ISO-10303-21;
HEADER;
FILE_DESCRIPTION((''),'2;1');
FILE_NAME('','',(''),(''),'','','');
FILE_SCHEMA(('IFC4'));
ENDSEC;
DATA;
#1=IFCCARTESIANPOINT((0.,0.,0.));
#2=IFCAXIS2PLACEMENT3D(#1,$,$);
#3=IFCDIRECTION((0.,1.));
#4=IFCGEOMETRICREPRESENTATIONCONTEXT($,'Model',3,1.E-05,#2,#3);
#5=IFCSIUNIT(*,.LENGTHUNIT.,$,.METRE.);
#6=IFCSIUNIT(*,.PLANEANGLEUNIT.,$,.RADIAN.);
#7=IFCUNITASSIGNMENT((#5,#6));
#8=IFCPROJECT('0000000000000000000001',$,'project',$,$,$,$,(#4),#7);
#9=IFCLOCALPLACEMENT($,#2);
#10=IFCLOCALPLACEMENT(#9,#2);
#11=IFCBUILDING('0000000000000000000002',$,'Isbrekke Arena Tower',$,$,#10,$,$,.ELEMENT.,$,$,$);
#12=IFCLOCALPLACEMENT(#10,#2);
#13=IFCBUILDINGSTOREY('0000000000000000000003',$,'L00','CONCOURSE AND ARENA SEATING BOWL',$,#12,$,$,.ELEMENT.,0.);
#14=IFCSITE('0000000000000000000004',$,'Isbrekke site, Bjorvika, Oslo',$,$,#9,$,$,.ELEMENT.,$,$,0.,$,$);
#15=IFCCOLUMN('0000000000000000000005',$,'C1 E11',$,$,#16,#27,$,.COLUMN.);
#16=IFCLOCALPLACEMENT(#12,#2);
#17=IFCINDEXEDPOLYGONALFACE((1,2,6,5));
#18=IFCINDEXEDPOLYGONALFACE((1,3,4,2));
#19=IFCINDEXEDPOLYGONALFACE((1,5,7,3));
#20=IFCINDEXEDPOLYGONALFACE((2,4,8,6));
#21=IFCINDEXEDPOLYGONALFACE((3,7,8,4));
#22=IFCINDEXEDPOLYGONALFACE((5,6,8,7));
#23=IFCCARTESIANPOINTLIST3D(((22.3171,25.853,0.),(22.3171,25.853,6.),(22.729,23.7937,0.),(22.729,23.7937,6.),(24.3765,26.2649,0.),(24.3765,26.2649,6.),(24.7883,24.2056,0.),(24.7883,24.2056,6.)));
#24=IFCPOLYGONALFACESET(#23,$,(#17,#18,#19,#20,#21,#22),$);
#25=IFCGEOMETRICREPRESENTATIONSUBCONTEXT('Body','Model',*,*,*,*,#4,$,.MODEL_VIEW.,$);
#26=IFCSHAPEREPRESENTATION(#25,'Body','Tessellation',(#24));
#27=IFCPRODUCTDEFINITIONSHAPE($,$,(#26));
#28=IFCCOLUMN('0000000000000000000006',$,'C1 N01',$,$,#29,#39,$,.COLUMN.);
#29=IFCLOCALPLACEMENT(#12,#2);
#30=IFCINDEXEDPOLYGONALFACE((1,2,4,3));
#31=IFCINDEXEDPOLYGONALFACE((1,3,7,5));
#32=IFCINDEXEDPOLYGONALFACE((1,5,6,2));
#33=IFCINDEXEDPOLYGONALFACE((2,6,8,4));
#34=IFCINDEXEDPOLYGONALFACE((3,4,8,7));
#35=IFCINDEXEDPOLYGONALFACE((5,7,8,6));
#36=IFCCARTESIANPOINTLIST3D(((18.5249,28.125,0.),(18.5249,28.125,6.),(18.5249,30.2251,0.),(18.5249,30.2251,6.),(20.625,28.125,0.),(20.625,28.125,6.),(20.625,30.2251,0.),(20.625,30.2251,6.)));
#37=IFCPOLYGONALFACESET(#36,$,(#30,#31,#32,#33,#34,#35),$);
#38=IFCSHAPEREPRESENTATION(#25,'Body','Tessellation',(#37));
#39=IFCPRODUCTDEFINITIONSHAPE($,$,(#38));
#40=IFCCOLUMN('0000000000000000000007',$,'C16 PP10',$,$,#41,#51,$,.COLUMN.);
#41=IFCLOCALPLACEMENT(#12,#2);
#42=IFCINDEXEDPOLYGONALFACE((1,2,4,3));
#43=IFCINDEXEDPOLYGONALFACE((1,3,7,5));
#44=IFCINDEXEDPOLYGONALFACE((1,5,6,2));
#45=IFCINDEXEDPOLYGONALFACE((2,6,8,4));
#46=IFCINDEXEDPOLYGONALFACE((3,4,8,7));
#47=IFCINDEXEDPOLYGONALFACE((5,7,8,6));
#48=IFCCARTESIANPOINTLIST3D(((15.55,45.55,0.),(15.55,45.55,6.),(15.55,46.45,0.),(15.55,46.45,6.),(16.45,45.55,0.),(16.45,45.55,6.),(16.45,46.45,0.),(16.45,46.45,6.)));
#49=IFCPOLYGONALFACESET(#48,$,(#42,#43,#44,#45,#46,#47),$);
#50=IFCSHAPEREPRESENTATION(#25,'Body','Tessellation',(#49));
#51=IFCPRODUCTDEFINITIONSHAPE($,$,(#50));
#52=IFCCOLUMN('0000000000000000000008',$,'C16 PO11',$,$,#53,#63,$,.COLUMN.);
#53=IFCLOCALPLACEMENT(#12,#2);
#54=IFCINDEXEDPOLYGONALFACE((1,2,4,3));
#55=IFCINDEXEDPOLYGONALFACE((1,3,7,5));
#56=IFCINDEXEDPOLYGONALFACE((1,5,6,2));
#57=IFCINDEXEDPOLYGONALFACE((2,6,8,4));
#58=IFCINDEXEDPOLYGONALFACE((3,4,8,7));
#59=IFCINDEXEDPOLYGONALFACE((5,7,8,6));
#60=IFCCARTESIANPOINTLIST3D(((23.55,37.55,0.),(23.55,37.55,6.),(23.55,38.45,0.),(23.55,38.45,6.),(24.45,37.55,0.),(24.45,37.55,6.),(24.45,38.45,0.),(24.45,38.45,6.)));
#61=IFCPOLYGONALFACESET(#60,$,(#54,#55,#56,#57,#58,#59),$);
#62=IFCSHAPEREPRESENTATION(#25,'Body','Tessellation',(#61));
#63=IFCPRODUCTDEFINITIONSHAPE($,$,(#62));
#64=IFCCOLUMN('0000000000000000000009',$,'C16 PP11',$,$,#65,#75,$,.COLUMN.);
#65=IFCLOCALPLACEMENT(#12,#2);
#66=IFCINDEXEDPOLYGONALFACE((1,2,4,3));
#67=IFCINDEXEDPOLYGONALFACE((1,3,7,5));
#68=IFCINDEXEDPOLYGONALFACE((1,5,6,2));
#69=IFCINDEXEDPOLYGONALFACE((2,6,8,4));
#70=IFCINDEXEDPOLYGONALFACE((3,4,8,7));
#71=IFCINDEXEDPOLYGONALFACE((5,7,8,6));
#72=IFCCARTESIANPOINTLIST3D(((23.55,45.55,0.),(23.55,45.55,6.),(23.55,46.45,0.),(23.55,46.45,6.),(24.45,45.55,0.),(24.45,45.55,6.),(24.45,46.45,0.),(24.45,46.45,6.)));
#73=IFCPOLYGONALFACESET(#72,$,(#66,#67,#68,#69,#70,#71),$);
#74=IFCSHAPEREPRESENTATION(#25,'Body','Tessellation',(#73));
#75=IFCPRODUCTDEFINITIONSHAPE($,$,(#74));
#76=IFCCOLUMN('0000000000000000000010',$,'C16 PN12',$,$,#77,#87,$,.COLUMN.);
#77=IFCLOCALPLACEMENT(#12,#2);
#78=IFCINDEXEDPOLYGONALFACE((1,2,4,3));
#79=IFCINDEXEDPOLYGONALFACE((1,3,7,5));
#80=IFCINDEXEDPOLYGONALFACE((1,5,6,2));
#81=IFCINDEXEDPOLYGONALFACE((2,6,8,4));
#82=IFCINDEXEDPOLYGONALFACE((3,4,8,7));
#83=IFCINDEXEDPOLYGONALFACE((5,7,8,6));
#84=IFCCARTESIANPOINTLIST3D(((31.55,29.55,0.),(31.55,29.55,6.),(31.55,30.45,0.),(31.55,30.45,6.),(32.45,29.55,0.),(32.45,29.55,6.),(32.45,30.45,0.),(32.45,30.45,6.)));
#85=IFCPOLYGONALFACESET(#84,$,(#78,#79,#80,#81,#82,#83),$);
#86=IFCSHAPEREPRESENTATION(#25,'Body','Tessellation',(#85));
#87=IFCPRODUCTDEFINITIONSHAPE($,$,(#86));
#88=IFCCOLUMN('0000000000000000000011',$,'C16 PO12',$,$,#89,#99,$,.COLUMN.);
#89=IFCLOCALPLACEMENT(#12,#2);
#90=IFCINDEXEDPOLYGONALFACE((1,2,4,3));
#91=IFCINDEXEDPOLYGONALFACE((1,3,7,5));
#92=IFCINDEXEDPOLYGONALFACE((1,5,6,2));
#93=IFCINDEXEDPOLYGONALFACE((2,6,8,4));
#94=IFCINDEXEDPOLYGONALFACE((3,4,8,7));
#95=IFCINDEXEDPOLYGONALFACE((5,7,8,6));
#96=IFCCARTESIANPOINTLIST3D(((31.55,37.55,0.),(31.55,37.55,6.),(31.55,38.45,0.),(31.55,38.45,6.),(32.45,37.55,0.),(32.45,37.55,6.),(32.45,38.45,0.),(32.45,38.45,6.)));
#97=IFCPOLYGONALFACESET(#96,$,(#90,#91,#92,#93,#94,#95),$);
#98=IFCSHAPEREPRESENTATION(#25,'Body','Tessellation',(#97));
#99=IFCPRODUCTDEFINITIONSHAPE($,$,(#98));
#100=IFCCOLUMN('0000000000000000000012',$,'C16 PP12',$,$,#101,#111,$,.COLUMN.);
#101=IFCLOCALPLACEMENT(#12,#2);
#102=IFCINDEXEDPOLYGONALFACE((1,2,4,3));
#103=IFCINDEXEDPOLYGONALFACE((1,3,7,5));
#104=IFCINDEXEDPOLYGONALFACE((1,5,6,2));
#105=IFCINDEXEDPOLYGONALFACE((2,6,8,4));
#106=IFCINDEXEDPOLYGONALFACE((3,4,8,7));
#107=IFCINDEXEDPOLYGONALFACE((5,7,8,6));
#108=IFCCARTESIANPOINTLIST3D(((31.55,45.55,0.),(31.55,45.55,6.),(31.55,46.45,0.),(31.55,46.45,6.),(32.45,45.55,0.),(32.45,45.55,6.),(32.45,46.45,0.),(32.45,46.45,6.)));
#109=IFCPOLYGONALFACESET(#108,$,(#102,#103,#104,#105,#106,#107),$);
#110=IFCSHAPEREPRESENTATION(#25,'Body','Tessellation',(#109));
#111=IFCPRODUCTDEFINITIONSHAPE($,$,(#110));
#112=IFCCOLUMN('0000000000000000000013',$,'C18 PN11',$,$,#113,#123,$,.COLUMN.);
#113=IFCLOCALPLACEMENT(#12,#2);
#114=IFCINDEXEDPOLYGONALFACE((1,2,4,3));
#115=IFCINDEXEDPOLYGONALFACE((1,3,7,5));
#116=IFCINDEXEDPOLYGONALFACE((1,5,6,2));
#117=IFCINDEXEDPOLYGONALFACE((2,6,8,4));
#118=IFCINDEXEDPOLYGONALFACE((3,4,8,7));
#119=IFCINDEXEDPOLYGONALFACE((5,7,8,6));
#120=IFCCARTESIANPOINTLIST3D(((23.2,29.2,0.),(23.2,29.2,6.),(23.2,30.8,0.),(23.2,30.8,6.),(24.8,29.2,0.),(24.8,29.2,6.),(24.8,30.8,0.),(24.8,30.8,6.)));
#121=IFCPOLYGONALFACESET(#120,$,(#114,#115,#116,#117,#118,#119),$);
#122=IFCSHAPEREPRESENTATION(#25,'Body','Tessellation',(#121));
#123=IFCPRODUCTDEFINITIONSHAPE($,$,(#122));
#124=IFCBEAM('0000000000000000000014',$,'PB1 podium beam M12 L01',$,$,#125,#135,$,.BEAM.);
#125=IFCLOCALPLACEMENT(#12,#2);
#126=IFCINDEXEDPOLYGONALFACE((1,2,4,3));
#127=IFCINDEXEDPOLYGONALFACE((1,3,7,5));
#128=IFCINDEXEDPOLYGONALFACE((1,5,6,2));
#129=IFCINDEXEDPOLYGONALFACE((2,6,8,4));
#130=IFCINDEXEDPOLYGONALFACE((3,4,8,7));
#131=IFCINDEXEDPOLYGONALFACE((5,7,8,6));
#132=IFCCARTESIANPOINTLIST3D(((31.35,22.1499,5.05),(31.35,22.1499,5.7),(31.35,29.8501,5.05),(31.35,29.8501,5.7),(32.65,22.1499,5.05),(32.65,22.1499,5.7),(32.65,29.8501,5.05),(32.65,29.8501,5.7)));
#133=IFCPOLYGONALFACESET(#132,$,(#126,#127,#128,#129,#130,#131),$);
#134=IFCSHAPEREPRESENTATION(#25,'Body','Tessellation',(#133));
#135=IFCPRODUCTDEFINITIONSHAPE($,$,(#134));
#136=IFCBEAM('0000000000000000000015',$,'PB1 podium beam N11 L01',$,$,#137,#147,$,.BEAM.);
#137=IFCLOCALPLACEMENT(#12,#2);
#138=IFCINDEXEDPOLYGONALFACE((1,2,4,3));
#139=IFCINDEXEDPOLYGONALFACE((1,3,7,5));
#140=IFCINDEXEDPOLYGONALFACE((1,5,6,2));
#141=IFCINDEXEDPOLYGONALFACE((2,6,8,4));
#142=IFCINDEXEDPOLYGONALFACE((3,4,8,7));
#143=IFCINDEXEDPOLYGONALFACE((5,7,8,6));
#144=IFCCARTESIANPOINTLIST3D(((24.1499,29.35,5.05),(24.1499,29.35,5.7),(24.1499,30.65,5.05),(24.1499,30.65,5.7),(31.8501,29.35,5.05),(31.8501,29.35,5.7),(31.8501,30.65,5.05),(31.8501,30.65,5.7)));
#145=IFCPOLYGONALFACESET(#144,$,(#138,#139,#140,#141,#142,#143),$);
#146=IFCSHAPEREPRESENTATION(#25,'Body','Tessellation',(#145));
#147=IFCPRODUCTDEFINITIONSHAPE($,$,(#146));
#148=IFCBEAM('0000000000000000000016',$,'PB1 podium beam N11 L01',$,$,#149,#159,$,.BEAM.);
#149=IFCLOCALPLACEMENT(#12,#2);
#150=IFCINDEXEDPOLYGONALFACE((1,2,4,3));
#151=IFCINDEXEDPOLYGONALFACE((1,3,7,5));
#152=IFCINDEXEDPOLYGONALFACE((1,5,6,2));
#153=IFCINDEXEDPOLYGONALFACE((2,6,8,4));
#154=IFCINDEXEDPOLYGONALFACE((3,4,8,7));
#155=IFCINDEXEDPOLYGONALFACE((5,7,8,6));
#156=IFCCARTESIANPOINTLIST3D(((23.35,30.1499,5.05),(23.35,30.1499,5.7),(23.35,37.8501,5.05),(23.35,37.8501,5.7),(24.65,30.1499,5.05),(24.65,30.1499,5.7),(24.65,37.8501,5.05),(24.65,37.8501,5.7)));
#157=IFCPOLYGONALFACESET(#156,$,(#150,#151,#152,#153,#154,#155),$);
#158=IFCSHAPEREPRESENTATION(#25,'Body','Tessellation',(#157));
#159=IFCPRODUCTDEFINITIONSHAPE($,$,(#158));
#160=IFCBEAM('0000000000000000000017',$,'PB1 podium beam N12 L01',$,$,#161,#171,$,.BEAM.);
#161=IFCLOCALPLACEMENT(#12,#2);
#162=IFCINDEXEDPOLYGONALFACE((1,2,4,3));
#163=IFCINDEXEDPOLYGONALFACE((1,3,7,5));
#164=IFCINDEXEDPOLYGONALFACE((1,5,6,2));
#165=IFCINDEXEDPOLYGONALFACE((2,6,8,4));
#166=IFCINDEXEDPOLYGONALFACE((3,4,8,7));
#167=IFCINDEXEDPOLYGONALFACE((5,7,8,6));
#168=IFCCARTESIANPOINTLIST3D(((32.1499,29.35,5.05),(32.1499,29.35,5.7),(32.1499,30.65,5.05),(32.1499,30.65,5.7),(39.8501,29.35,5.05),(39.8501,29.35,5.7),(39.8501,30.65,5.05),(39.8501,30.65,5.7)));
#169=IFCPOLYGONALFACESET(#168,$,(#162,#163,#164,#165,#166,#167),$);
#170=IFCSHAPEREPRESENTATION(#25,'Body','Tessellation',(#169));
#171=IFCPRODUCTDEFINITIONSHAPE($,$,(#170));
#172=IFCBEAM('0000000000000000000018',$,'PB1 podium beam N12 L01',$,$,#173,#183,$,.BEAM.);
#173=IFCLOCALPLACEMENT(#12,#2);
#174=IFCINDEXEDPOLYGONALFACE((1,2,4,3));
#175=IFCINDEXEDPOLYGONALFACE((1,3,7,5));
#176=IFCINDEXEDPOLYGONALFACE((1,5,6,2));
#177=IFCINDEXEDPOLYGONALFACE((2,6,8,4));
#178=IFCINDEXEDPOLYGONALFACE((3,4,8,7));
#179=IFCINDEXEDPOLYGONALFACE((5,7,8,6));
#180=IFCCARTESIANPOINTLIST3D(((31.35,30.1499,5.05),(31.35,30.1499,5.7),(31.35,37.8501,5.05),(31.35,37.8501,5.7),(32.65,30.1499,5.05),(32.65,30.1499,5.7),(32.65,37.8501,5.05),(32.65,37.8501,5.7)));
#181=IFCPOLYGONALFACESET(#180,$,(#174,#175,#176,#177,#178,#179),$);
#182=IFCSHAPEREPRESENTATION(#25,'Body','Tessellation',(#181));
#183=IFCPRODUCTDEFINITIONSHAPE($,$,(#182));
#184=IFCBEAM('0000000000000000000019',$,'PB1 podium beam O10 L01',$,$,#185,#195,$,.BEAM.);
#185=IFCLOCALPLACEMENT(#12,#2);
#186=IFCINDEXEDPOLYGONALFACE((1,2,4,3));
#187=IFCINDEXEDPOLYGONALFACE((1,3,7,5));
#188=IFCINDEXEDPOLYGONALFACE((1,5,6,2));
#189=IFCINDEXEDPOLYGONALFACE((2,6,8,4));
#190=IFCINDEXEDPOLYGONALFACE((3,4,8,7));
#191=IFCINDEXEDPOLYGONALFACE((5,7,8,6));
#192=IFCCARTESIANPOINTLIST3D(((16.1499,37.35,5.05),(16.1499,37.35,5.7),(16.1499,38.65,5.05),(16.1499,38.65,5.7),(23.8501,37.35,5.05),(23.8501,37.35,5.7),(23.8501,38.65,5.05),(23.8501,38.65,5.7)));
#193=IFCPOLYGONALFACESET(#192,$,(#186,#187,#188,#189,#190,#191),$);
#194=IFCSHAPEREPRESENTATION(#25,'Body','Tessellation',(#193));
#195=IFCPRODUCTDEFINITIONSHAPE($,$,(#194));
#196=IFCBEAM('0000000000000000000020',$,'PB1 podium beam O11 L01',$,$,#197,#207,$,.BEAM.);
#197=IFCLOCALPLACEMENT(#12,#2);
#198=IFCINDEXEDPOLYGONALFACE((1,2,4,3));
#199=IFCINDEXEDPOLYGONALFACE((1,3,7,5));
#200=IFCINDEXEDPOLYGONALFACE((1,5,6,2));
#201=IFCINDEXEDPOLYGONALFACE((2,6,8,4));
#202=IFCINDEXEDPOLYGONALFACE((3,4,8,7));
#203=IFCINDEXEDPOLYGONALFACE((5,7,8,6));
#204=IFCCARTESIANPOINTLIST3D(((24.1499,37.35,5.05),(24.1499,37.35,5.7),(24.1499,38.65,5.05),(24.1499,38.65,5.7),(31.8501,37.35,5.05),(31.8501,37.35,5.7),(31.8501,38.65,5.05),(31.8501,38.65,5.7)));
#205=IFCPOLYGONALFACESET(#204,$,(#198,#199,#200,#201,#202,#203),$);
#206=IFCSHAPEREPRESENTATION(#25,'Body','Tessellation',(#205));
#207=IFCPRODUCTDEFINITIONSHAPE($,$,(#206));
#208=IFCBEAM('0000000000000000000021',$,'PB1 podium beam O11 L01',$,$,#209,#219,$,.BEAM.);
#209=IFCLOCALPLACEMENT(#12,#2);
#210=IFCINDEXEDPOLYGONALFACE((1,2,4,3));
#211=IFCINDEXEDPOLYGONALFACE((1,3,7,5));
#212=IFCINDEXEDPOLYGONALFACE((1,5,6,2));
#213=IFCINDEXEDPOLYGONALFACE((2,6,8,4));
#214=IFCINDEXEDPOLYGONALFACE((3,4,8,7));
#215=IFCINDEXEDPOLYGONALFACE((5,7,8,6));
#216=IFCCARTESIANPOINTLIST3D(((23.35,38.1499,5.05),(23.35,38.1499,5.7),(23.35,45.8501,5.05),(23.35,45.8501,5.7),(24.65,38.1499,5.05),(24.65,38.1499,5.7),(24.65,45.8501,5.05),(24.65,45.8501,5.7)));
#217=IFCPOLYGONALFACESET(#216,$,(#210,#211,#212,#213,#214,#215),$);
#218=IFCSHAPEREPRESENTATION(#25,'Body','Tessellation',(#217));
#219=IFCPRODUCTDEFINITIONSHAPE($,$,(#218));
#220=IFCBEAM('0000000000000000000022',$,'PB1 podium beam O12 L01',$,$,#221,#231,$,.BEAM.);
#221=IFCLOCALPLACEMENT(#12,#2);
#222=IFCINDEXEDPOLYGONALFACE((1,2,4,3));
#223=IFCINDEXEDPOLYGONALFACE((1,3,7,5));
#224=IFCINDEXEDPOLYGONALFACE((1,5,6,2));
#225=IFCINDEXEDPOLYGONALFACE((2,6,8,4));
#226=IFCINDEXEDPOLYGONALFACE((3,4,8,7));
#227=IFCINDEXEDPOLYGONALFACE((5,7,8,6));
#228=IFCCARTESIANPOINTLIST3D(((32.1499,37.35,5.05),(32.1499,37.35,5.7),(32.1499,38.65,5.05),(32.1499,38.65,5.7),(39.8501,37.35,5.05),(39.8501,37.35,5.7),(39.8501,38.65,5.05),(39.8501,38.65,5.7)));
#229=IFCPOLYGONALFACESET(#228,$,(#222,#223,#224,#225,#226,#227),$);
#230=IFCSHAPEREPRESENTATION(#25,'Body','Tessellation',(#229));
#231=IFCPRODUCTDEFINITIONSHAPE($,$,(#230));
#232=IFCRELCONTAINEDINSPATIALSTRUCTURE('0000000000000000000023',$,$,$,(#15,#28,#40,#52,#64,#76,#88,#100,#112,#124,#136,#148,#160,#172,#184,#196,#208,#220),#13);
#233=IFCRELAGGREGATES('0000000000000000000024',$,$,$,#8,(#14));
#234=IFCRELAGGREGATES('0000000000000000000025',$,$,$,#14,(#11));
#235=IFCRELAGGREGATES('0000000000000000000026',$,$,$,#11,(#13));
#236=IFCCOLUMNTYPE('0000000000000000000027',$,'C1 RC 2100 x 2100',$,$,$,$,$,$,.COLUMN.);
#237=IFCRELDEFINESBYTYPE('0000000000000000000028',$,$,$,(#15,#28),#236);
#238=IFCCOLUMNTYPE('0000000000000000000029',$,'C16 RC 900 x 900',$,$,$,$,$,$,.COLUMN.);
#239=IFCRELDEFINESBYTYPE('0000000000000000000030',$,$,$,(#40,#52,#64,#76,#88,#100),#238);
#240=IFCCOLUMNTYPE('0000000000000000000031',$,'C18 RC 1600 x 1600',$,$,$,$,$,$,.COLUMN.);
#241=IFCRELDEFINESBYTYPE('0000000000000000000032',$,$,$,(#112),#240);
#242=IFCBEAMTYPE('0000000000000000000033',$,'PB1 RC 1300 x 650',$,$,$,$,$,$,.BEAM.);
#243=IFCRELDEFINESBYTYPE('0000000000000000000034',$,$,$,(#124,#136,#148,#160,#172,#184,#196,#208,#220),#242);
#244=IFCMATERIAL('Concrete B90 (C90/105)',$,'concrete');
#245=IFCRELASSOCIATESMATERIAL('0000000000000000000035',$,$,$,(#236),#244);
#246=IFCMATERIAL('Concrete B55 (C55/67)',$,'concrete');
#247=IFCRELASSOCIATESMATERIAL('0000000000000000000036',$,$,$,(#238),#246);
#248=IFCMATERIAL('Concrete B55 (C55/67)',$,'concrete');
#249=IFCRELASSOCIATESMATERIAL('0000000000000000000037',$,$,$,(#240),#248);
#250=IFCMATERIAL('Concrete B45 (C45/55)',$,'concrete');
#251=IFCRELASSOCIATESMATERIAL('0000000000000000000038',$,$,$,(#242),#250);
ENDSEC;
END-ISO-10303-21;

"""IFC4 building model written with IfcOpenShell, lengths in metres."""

from ifc_helpers import new_model, si_unit, direction, frame, origin, origin_2d, place, context, subcontext, project, spatial, rectangle, extrude, material, material_profile, profile_set, type_object, element, save


model = new_model("IFC4")

# Units and contexts
model_context = context("Model", 3, precision=1e-05, world=origin(), true_north=direction((0.0, 1.0)))
body_context = subcontext(model_context, "Body", "Model", "MODEL_VIEW")
ifc_project = project(units=[si_unit("LENGTHUNIT", "METRE"), si_unit("PLANEANGLEUNIT", "RADIAN")], contexts=[model_context])

# Site, building, storey
site_placement = place(None, origin())
site = spatial("IfcSite", under=ifc_project, at=site_placement, Name="Isbrekke site, Bjorvika, Oslo", CompositionType="ELEMENT", RefElevation=0.0)
building_placement = place(site_placement, origin())
building = spatial("IfcBuilding", under=site, at=building_placement, Name="Isbrekke Arena Tower", CompositionType="ELEMENT")
storey_placement = place(building_placement, origin())
storey = spatial("IfcBuildingStorey", under=building, at=storey_placement, Name="L00", Description="CONCOURSE AND ARENA SEATING BOWL", CompositionType="ELEMENT", Elevation=0.0)

# Columns
ifc_material_1 = material(Name="Concrete B90 (C90/105)", Category="concrete")
ifc_material_profile_1 = material_profile(ifc_material_1, rectangle(XDim=2.1001, YDim=2.1001, at=origin_2d()), Name="RC 2100x2100")
ifc_profile_set_1 = profile_set([ifc_material_profile_1], Name="Concrete B90 (C90/105)")
column_type_1 = type_object("IfcColumnType", Name="C1 RC 2100 x 2100", PredefinedType="COLUMN", material=ifc_profile_set_1)
for number, where, z_axis, x_axis, name in (
    (1, (23.5527, 25.0293, 0.0), (0.0, 0.0, 1.0), (-0.196116, 0.980581, 0.0), "C1 E11"),
    (2, (19.575, 29.175, 0.0), (0.0, 0.0, 1.0), (-1.0, 0.0, 0.0), "C1 N01"),
):
    element("IfcColumn", number, at=place(storey_placement, frame(where, z_axis=z_axis, x_axis=x_axis)), inside=storey, type_object=column_type_1, Name=name, PredefinedType="COLUMN", context=body_context, shape_type="SweptSolid", body=[
        extrude(rectangle(XDim=2.1001, YDim=2.1001, at=origin_2d()), origin(), (0.0, 0.0, 1.0), 6.0),
    ])
ifc_material_2 = material(Name="Concrete B55 (C55/67)", Category="concrete")
ifc_material_profile_2 = material_profile(ifc_material_2, rectangle(XDim=0.8999, YDim=0.8999, at=origin_2d()), Name="RC 900x900")
ifc_profile_set_2 = profile_set([ifc_material_profile_2], Name="Concrete B55 (C55/67)")
column_type_2 = type_object("IfcColumnType", Name="C16 RC 900 x 900", PredefinedType="COLUMN", material=ifc_profile_set_2)
for number, where, z_axis, x_axis, name in (
    (3, (16.0, 46.0, 0.0), (0.0, 0.0, 1.0), (1.0, 0.0, 0.0), "C16 PP10"),
    (4, (24.0, 38.0, 0.0), (0.0, 0.0, 1.0), (1.0, 0.0, 0.0), "C16 PO11"),
    (5, (24.0, 46.0, 0.0), (0.0, 0.0, 1.0), (1.0, 0.0, 0.0), "C16 PP11"),
    (6, (32.0, 30.0, 0.0), (0.0, 0.0, 1.0), (1.0, 0.0, 0.0), "C16 PN12"),
    (7, (32.0, 38.0, 0.0), (0.0, 0.0, 1.0), (1.0, 0.0, 0.0), "C16 PO12"),
    (8, (32.0, 46.0, 0.0), (0.0, 0.0, 1.0), (1.0, 0.0, 0.0), "C16 PP12"),
):
    element("IfcColumn", number, at=place(storey_placement, frame(where, z_axis=z_axis, x_axis=x_axis)), inside=storey, type_object=column_type_2, Name=name, PredefinedType="COLUMN", context=body_context, shape_type="SweptSolid", body=[
        extrude(rectangle(XDim=0.8999, YDim=0.8999, at=origin_2d()), origin(), (0.0, 0.0, 1.0), 6.0),
    ])
ifc_material_3 = material(Name="Concrete B55 (C55/67)", Category="concrete")
ifc_material_profile_3 = material_profile(ifc_material_3, rectangle(XDim=1.6001, YDim=1.6001, at=origin_2d()), Name="RC 1600x1600")
ifc_profile_set_3 = profile_set([ifc_material_profile_3], Name="Concrete B55 (C55/67)")
column_type_3 = type_object("IfcColumnType", Name="C18 RC 1600 x 1600", PredefinedType="COLUMN", material=ifc_profile_set_3)
column_placement = place(storey_placement, frame((24.0, 30.0, 0.0), z_axis=(0.0, 0.0, 1.0), x_axis=(1.0, 0.0, 0.0)))
element("IfcColumn", 9, at=column_placement, inside=storey, type_object=column_type_3, Name="C18 PN11", PredefinedType="COLUMN", context=body_context, shape_type="SweptSolid", body=[
    extrude(rectangle(XDim=1.6001, YDim=1.6001, at=origin_2d()), origin(), (0.0, 0.0, 1.0), 6.0),
])

# Beams
ifc_material_4 = material(Name="Concrete B45 (C45/55)", Category="concrete")
ifc_material_profile_4 = material_profile(ifc_material_4, rectangle(XDim=1.3, YDim=0.6499, at=origin_2d()), Name="RC 1300x650")
ifc_profile_set_4 = profile_set([ifc_material_profile_4], Name="Concrete B45 (C45/55)")
beam_type = type_object("IfcBeamType", Name="PB1 RC 1300 x 650", PredefinedType="BEAM", material=ifc_profile_set_4)
for number, where, z_axis, x_axis, name in (
    (10, (32.0, 22.1499, 5.375), (0.0, 1.0, 0.0), (-1.0, 0.0, 0.0), "PB1 podium beam M12 L01"),
    (11, (24.1499, 30.0, 5.375), (1.0, 0.0, 0.0), (0.0, 1.0, 0.0), "PB1 podium beam N11 L01"),
    (12, (24.0, 30.1499, 5.375), (0.0, 1.0, 0.0), (-1.0, 0.0, 0.0), "PB1 podium beam N11 L01"),
    (13, (32.1499, 30.0, 5.375), (1.0, 0.0, 0.0), (0.0, 1.0, 0.0), "PB1 podium beam N12 L01"),
    (14, (32.0, 30.1499, 5.375), (0.0, 1.0, 0.0), (-1.0, 0.0, 0.0), "PB1 podium beam N12 L01"),
    (15, (16.1499, 38.0, 5.375), (1.0, 0.0, 0.0), (0.0, 1.0, 0.0), "PB1 podium beam O10 L01"),
    (16, (24.1499, 38.0, 5.375), (1.0, 0.0, 0.0), (0.0, 1.0, 0.0), "PB1 podium beam O11 L01"),
    (17, (24.0, 38.1499, 5.375), (0.0, 1.0, 0.0), (-1.0, 0.0, 0.0), "PB1 podium beam O11 L01"),
    (18, (32.1499, 38.0, 5.375), (1.0, 0.0, 0.0), (0.0, 1.0, 0.0), "PB1 podium beam O12 L01"),
):
    element("IfcBeam", number, at=place(storey_placement, frame(where, z_axis=z_axis, x_axis=x_axis)), inside=storey, type_object=beam_type, Name=name, PredefinedType="BEAM", context=body_context, shape_type="SweptSolid", body=[
        extrude(rectangle(XDim=1.3, YDim=0.6499, at=origin_2d()), origin(), (0.0, 0.0, 1.0), 7.7002),
    ])

save(model, "model.ifc")
